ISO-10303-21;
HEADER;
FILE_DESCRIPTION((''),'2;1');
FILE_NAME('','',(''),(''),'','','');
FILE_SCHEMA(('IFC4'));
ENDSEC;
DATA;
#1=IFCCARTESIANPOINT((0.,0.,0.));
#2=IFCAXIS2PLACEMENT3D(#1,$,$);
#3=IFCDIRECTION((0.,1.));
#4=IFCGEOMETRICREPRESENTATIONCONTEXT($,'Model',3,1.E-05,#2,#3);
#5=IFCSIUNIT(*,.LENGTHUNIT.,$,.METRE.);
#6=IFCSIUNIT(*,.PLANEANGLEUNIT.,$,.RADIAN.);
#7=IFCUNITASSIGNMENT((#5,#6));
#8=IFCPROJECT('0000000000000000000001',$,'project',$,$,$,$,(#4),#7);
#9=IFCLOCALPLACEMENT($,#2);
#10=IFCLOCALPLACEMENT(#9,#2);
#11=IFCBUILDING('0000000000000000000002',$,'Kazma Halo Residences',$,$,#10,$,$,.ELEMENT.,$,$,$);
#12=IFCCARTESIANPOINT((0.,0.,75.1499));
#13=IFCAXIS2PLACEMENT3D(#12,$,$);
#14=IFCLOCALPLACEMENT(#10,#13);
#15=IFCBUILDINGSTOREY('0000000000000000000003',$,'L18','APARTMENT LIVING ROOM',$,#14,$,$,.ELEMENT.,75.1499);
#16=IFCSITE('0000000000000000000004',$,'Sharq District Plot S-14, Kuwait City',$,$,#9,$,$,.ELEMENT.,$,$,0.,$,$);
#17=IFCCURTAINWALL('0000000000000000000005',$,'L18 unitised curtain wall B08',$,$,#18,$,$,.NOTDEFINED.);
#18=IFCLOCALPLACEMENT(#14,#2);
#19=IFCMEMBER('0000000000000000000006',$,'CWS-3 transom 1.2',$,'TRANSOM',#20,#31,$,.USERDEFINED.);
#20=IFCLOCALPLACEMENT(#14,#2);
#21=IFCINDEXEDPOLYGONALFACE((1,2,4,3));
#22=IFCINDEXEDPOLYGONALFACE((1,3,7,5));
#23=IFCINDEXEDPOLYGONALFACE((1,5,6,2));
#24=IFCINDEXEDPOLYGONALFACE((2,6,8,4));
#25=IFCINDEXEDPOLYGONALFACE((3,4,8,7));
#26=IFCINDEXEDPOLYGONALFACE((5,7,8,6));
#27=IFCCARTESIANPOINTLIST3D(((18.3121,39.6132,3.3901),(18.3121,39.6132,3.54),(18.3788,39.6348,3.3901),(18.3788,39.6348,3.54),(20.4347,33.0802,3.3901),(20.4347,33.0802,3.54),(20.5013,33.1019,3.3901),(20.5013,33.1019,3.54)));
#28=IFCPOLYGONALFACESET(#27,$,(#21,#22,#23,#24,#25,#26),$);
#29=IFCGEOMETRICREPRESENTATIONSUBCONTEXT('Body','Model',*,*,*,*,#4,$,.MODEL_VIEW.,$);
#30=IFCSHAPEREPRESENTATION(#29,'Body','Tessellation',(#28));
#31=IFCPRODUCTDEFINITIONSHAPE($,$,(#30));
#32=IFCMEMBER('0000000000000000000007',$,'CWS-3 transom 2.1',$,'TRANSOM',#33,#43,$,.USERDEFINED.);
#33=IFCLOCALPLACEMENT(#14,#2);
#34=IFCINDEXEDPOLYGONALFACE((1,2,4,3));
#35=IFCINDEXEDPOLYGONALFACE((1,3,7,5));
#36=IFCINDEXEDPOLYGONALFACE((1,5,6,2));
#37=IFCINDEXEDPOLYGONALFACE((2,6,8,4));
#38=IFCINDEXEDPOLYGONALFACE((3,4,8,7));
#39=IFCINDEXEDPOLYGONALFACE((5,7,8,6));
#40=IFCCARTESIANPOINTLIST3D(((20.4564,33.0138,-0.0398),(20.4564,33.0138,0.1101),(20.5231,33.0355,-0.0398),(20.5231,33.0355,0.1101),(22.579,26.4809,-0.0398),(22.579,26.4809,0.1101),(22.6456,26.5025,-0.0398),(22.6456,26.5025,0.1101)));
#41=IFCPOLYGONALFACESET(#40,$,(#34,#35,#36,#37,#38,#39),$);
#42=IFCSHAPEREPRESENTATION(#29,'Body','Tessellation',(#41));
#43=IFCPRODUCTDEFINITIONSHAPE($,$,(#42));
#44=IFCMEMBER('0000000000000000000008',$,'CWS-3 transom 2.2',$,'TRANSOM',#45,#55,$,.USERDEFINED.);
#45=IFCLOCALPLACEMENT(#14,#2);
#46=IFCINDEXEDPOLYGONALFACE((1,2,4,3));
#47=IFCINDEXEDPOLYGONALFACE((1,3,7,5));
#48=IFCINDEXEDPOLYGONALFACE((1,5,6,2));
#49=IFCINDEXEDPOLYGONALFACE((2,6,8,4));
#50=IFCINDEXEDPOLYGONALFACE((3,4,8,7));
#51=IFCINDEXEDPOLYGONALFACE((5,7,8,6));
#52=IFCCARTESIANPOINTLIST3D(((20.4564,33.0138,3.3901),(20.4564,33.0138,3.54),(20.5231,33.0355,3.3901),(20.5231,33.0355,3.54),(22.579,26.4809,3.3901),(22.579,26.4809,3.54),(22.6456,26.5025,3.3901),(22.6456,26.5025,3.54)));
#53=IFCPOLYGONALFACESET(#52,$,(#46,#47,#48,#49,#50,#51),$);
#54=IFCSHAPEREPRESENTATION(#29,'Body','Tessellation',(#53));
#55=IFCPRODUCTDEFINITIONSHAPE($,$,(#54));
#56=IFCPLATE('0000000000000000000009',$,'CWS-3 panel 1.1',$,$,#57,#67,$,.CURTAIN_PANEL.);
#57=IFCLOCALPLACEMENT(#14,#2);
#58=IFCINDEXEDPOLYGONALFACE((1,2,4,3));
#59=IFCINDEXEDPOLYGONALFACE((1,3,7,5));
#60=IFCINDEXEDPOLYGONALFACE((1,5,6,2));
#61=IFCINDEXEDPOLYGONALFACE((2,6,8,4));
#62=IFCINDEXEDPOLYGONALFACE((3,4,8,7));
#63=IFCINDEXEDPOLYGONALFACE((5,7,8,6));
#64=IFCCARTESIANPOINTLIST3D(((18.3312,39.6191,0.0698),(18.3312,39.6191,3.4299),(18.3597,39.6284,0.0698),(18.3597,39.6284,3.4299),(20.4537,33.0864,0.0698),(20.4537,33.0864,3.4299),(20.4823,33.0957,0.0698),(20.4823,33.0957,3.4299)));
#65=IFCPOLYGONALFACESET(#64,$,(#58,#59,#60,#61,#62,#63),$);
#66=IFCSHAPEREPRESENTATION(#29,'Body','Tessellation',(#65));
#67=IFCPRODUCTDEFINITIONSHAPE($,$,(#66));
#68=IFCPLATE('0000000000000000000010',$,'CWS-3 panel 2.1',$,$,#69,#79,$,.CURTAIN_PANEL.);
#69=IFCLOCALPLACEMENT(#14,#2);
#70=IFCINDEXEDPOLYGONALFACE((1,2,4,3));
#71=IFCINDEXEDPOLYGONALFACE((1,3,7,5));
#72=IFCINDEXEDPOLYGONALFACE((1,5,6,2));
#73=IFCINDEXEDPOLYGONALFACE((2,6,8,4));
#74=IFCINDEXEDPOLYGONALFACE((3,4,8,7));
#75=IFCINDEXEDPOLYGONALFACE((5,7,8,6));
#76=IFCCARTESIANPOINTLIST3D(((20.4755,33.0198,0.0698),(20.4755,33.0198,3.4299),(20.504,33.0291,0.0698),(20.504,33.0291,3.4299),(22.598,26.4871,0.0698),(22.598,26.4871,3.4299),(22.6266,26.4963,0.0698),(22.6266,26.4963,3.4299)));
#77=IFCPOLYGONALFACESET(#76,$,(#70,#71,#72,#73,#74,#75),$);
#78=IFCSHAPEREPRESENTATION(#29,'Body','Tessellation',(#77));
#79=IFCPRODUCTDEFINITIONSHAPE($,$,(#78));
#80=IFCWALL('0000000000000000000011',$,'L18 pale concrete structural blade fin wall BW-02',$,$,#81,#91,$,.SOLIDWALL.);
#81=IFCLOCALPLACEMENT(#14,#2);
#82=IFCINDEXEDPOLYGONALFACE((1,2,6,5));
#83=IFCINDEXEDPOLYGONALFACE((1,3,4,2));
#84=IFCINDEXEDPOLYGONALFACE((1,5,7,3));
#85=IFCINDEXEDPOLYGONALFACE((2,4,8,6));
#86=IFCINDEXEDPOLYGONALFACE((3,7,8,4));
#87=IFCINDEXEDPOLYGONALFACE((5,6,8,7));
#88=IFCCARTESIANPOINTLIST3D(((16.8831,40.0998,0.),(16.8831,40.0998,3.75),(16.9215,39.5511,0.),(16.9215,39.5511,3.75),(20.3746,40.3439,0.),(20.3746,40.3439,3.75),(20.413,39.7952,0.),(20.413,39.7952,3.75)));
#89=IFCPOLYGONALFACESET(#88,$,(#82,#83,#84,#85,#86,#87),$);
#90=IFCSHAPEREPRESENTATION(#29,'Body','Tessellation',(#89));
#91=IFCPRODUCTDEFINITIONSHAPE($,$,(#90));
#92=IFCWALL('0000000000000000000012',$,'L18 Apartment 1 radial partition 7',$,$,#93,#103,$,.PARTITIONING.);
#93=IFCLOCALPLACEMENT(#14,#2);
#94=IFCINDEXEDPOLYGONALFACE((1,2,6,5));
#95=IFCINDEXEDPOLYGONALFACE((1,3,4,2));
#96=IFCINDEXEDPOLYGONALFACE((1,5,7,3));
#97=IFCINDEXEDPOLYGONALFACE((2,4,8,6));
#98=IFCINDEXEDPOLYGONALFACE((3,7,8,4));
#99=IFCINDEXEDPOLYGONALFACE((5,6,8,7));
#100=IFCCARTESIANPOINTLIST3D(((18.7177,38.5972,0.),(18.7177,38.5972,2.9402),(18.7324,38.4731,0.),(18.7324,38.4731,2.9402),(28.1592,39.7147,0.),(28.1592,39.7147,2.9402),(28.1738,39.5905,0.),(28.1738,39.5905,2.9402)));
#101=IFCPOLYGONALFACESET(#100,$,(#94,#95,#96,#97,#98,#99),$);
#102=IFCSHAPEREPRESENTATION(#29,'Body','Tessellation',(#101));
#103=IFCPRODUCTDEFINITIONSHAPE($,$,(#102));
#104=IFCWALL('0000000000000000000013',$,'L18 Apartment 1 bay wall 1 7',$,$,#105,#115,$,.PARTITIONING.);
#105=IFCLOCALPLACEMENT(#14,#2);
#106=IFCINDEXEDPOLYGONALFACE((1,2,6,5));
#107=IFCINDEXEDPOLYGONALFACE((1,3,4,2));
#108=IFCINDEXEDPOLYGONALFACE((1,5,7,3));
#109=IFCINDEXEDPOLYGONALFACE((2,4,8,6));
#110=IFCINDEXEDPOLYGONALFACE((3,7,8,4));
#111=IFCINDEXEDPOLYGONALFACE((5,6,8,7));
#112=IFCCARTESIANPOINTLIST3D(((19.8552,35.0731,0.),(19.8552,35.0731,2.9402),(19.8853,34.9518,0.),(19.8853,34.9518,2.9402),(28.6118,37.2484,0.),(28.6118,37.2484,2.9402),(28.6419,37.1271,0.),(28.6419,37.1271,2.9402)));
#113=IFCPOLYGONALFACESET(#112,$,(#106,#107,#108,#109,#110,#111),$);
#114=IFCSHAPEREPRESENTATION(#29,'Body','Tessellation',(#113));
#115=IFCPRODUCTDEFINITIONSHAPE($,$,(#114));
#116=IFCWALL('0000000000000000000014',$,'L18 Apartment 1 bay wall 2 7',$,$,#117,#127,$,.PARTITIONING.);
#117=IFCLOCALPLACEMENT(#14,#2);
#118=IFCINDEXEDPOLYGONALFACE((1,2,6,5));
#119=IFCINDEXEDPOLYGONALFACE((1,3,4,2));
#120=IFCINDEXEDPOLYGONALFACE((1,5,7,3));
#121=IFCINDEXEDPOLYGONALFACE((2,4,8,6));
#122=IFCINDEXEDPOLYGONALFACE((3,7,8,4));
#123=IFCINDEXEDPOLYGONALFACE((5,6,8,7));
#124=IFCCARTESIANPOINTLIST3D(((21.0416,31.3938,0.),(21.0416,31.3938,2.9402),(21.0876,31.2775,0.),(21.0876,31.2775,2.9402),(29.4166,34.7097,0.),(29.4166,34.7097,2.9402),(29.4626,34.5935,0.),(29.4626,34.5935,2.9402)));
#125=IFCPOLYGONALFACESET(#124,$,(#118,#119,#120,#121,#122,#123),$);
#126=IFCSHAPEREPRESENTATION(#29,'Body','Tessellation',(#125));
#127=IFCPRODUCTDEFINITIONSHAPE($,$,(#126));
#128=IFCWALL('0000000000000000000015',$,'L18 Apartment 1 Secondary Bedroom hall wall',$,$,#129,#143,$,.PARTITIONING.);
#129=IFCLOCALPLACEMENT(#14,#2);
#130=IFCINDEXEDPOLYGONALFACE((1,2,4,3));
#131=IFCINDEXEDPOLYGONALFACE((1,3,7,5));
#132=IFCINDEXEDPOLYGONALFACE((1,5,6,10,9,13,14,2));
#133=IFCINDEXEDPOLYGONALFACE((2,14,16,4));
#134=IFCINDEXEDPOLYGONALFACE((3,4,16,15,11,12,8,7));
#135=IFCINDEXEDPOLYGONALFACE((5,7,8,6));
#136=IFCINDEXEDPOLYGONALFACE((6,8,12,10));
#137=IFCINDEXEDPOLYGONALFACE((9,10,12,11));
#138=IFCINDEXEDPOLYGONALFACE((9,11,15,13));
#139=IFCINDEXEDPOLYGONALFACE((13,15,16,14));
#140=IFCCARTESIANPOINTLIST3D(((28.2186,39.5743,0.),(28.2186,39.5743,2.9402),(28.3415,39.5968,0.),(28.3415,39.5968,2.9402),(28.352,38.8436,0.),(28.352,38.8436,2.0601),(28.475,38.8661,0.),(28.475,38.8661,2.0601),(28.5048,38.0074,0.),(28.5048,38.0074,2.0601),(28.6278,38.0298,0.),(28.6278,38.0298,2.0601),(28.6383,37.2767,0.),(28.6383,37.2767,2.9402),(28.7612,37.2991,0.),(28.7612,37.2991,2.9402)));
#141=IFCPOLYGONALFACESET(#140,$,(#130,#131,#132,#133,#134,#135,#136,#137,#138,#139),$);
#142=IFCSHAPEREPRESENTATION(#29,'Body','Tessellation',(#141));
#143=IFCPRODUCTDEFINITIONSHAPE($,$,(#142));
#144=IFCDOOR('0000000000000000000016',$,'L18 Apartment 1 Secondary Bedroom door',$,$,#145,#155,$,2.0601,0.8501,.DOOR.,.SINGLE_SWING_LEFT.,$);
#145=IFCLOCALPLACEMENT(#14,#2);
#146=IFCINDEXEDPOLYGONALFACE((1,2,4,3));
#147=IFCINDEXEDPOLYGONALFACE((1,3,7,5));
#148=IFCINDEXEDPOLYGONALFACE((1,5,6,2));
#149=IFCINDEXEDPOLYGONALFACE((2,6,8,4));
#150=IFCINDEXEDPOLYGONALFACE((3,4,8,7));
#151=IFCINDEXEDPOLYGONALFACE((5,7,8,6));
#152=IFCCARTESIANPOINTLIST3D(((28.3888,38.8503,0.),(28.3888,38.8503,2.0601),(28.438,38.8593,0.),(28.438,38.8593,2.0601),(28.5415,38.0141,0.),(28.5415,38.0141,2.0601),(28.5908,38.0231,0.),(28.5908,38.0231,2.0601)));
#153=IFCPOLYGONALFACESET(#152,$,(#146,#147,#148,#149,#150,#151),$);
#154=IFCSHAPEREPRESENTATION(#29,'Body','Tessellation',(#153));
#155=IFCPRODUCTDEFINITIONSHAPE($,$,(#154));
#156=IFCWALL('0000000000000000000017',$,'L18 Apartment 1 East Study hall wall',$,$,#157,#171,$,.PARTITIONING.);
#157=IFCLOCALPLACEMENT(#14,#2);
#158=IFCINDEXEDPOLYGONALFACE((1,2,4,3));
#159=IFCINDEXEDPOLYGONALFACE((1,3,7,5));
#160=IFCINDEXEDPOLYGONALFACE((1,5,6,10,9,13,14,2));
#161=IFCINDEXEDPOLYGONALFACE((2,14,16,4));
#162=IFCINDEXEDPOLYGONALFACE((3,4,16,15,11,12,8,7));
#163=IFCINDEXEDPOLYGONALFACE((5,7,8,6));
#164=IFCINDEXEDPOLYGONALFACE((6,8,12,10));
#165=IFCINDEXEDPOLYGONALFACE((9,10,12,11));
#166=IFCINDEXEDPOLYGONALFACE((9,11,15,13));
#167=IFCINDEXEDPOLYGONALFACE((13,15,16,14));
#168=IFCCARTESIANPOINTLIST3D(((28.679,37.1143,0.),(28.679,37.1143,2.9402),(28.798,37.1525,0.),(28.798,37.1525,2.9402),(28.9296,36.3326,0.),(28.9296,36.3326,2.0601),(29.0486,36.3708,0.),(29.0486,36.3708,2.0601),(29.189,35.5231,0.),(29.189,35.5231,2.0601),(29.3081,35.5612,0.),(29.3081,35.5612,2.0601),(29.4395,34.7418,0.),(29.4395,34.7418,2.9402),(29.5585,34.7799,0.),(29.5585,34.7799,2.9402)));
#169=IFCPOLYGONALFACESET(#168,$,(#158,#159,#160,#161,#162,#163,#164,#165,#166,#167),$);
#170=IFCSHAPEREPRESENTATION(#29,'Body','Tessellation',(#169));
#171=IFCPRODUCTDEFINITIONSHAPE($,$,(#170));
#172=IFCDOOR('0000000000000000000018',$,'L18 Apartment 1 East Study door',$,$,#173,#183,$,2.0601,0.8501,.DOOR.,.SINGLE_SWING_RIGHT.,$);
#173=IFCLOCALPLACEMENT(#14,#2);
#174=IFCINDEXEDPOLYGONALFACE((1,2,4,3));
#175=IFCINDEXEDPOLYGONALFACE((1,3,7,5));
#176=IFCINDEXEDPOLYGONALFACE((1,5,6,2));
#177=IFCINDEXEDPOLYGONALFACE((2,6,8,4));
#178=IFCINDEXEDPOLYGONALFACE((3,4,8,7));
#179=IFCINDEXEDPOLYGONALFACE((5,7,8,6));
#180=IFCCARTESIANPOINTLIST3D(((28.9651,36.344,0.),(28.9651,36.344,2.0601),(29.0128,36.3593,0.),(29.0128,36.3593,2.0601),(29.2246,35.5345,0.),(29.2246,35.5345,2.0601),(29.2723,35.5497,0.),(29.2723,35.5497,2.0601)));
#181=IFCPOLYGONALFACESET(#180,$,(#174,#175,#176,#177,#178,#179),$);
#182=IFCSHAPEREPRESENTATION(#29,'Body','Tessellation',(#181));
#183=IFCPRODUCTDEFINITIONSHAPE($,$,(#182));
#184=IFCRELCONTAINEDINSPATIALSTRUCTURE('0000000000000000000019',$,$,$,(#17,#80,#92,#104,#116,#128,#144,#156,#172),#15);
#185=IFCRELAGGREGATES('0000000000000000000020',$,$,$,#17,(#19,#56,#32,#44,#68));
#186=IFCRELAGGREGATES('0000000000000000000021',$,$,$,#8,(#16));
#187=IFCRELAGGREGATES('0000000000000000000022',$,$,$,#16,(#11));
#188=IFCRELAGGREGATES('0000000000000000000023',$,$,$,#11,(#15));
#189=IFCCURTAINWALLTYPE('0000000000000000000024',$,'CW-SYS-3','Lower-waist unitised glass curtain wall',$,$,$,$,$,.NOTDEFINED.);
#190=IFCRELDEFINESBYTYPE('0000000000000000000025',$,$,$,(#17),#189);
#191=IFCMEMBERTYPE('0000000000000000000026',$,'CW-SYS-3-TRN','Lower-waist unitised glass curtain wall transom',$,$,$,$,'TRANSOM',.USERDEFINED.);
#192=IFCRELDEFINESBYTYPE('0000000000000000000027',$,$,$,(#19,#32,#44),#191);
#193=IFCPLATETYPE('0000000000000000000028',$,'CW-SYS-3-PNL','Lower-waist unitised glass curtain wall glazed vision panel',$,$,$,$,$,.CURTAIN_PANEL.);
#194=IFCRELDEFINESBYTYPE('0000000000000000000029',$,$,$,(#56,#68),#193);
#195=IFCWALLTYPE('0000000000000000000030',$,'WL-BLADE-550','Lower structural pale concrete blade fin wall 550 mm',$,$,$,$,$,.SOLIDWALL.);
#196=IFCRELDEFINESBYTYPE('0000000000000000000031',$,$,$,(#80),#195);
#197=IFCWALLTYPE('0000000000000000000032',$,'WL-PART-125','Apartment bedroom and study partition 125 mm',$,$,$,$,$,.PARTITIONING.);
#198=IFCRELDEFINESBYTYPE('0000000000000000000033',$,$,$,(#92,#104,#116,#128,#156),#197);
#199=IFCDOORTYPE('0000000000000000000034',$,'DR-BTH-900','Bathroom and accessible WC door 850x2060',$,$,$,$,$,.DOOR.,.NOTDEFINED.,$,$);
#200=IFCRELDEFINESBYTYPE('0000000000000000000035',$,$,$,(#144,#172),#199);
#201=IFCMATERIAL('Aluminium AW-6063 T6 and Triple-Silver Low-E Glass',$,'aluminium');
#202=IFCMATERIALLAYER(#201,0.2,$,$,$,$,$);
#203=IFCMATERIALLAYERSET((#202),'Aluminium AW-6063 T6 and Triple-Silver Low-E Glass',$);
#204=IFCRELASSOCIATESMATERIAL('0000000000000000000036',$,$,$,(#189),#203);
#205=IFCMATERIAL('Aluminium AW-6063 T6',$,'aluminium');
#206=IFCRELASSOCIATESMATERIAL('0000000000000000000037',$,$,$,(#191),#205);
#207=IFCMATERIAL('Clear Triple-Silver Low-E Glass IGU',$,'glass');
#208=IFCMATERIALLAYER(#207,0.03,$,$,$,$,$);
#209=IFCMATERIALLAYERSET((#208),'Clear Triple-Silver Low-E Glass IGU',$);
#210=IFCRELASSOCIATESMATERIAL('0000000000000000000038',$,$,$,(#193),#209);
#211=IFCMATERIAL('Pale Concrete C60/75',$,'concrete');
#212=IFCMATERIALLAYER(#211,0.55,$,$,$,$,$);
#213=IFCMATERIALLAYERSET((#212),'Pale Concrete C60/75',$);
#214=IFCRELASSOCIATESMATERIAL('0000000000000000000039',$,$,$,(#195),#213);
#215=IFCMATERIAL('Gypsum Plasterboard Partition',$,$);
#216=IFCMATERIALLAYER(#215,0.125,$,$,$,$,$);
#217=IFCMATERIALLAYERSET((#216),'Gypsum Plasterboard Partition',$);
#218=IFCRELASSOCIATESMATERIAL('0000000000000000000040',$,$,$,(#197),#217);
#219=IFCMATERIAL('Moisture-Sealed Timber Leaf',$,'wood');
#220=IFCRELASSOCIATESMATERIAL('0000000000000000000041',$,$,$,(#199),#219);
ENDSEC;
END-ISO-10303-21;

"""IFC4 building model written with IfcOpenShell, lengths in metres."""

from ifc_helpers import new_model, si_unit, direction, frame, frame_2d, origin, origin_2d, place, context, subcontext, project, spatial, rectangle, extrude, material, layer, layer_set, material_profile, profile_set, type_object, element, fill, aggregate, save


model = new_model("IFC4")

# Units and contexts
model_context = context("Model", 3, precision=1e-05, world=origin(), true_north=direction((0.0, 1.0)))
body_context = subcontext(model_context, "Body", "Model", "MODEL_VIEW")
ifc_project = project(units=[si_unit("LENGTHUNIT", "METRE"), si_unit("PLANEANGLEUNIT", "RADIAN")], contexts=[model_context])

# Site, building, storey
site_placement = place(None, origin())
site = spatial("IfcSite", under=ifc_project, at=site_placement, Name="Sharq District Plot S-14, Kuwait City", CompositionType="ELEMENT", RefElevation=0.0)
building_placement = place(site_placement, origin())
building = spatial("IfcBuilding", under=site, at=building_placement, Name="Kazma Halo Residences", CompositionType="ELEMENT")
storey_placement = place(building_placement, frame((0.0, 0.0, 75.1499)))
storey = spatial("IfcBuildingStorey", under=building, at=storey_placement, Name="L18", Description="APARTMENT LIVING ROOM", CompositionType="ELEMENT", Elevation=75.1499)

# Curtain wall, members, plates
ifc_material_1 = material(Name="Aluminium AW-6063 T6 and Triple-Silver Low-E Glass", Category="aluminium")
ifc_layer_1 = layer(ifc_material_1, 0.2)
ifc_layer_set_1 = layer_set([ifc_layer_1], Name="Aluminium AW-6063 T6 and Triple-Silver Low-E Glass")
curtain_wall_type = type_object("IfcCurtainWallType", Name="CW-SYS-3", Description="Lower-waist unitised glass curtain wall", PredefinedType="NOTDEFINED", material=ifc_layer_set_1)
curtain_wall_placement = place(storey_placement, origin())
curtain_wall = element("IfcCurtainWall", 1, at=curtain_wall_placement, inside=storey, type_object=curtain_wall_type, Name="L18 unitised curtain wall B08", PredefinedType="NOTDEFINED")
ifc_material_2 = material(Name="Aluminium AW-6063 T6", Category="aluminium")
ifc_material_profile_1 = material_profile(ifc_material_2, rectangle(XDim=0.0701, YDim=0.1499, at=origin_2d()), Name="CWT-70x150")
ifc_profile_set_1 = profile_set([ifc_material_profile_1], Name="Aluminium AW-6063 T6")
member_type_1 = type_object("IfcMemberType", Name="CW-SYS-3-TRN", Description="Lower-waist unitised glass curtain wall transom", ElementType="TRANSOM", PredefinedType="USERDEFINED", material=ifc_profile_set_1)
member_1_placement = place(storey_placement, frame((18.3455, 39.624, 3.4651), z_axis=(0.309, -0.951062, 0.0), x_axis=(0.951062, 0.309, 0.0)))
member_1 = element("IfcMember", 2, at=member_1_placement, type_object=member_type_1, Name="CWS-3 transom 1.2", ObjectType="TRANSOM", PredefinedType="USERDEFINED", context=body_context, shape_type="SweptSolid", body=[
    extrude(rectangle(XDim=0.0701, YDim=0.1499, at=origin_2d()), origin(), (0.0, 0.0, 1.0), 6.8691),
])
member_2_placement = place(storey_placement, frame((20.4897, 33.0247, 0.0352), z_axis=(0.309, -0.951062, 0.0), x_axis=(0.951062, 0.309, 0.0)))
member_2 = element("IfcMember", 3, at=member_2_placement, type_object=member_type_1, Name="CWS-3 transom 2.1", ObjectType="TRANSOM", PredefinedType="USERDEFINED", context=body_context, shape_type="SweptSolid", body=[
    extrude(rectangle(XDim=0.0701, YDim=0.1499, at=origin_2d()), origin(), (0.0, 0.0, 1.0), 6.8691),
])
member_3_placement = place(storey_placement, frame((20.4897, 33.0247, 3.4651), z_axis=(0.309, -0.951062, 0.0), x_axis=(0.951062, 0.309, 0.0)))
member_3 = element("IfcMember", 4, at=member_3_placement, type_object=member_type_1, Name="CWS-3 transom 2.2", ObjectType="TRANSOM", PredefinedType="USERDEFINED", context=body_context, shape_type="SweptSolid", body=[
    extrude(rectangle(XDim=0.0701, YDim=0.1499, at=origin_2d()), origin(), (0.0, 0.0, 1.0), 6.8691),
])
ifc_material_3 = material(Name="Clear Triple-Silver Low-E Glass IGU", Category="glass")
ifc_layer_2 = layer(ifc_material_3, 0.03)
ifc_layer_set_2 = layer_set([ifc_layer_2], Name="Clear Triple-Silver Low-E Glass IGU")
plate_type = type_object("IfcPlateType", Name="CW-SYS-3-PNL", Description="Lower-waist unitised glass curtain wall glazed vision panel", PredefinedType="CURTAIN_PANEL", material=ifc_layer_set_2)
plate_1_placement = place(storey_placement, frame((19.4067, 36.3574, 0.0698), z_axis=(0.0, 0.0, 1.0), x_axis=(0.309013, -0.951058, 0.0)))
plate_1 = element("IfcPlate", 5, at=plate_1_placement, type_object=plate_type, Name="CWS-3 panel 1.1", PredefinedType="CURTAIN_PANEL", context=body_context, shape_type="SweptSolid", body=[
    extrude(rectangle(XDim=6.8689, YDim=0.03, at=origin_2d()), origin(), (0.0, 0.0, 1.0), 3.3601),
])
plate_2_placement = place(storey_placement, frame((21.551, 29.7581, 0.0698), z_axis=(0.0, 0.0, 1.0), x_axis=(0.309013, -0.951058, 0.0)))
plate_2 = element("IfcPlate", 6, at=plate_2_placement, type_object=plate_type, Name="CWS-3 panel 2.1", PredefinedType="CURTAIN_PANEL", context=body_context, shape_type="SweptSolid", body=[
    extrude(rectangle(XDim=6.8689, YDim=0.03, at=origin_2d()), origin(), (0.0, 0.0, 1.0), 3.3601),
])
aggregate(curtain_wall, [member_1, plate_1, member_2, member_3, plate_2])

# Walls
ifc_material_4 = material(Name="Pale Concrete C60/75", Category="concrete")
ifc_layer_3 = layer(ifc_material_4, 0.55)
ifc_layer_set_3 = layer_set([ifc_layer_3], Name="Pale Concrete C60/75")
wall_type_1 = type_object("IfcWallType", Name="WL-BLADE-550", Description="Lower structural pale concrete blade fin wall 550 mm", PredefinedType="SOLIDWALL", material=ifc_layer_set_3)
wall_1_placement = place(storey_placement, frame((20.3938, 40.0696, 0.0), z_axis=(0.0, 0.0, 1.0), x_axis=(-0.997564, -0.069755, 0.0)))
element("IfcWall", 7, at=wall_1_placement, inside=storey, type_object=wall_type_1, Name="L18 pale concrete structural blade fin wall BW-02", PredefinedType="SOLIDWALL", context=body_context, shape_type="SweptSolid", body=[
    extrude(rectangle(XDim=3.5, YDim=0.55, at=frame_2d((1.75, 0.0))), origin(), (0.0, 0.0, 1.0), 3.75),
])
ifc_material_5 = material(Name="Gypsum Plasterboard Partition")
ifc_layer_4 = layer(ifc_material_5, 0.125)
ifc_layer_set_4 = layer_set([ifc_layer_4], Name="Gypsum Plasterboard Partition")
wall_type_2 = type_object("IfcWallType", Name="WL-PART-125", Description="Apartment bedroom and study partition 125 mm", PredefinedType="PARTITIONING", material=ifc_layer_set_4)
wall_2_placement = place(storey_placement, frame((28.1665, 39.6526, 0.0), z_axis=(0.0, 0.0, 1.0), x_axis=(-0.993069, -0.117534, 0.0)))
element("IfcWall", 8, at=wall_2_placement, inside=storey, type_object=wall_type_2, Name="L18 Apartment 1 radial partition 7", PredefinedType="PARTITIONING", context=body_context, shape_type="SweptSolid", body=[
    extrude(rectangle(XDim=9.5073, YDim=0.125, at=frame_2d((4.7537, 0.0))), origin(), (0.0, 0.0, 1.0), 2.9402),
])
wall_3_placement = place(storey_placement, frame((28.6267, 37.1877, 0.0), z_axis=(0.0, 0.0, 1.0), x_axis=(-0.970503, -0.24109, 0.0)))
element("IfcWall", 9, at=wall_3_placement, inside=storey, type_object=wall_type_2, Name="L18 Apartment 1 bay wall 1 7", PredefinedType="PARTITIONING", context=body_context, shape_type="SweptSolid", body=[
    extrude(rectangle(XDim=9.0227, YDim=0.125, at=frame_2d((4.5112, 0.0))), origin(), (0.0, 0.0, 1.0), 2.9402),
])
wall_4_placement = place(storey_placement, frame((29.4397, 34.6516, 0.0), z_axis=(0.0, 0.0, 1.0), x_axis=(-0.929776, -0.368127, 0.0)))
element("IfcWall", 10, at=wall_4_placement, inside=storey, type_object=wall_type_2, Name="L18 Apartment 1 bay wall 2 7", PredefinedType="PARTITIONING", context=body_context, shape_type="SweptSolid", body=[
    extrude(rectangle(XDim=9.0076, YDim=0.125, at=frame_2d((4.5039, 0.0))), origin(), (0.0, 0.0, 1.0), 2.9402),
])

# Walls, openings, doors
wall_5_placement = place(storey_placement, frame((28.28, 39.5857, 0.0), z_axis=(0.0, 0.0, 1.0), x_axis=(0.179686, -0.983724, 0.0)))
wall_5 = element("IfcWall", 11, at=wall_5_placement, inside=storey, type_object=wall_type_2, Name="L18 Apartment 1 Secondary Bedroom hall wall", PredefinedType="PARTITIONING", context=body_context, shape_type="SweptSolid", body=[
    extrude(rectangle(XDim=2.3357, YDim=0.125, at=frame_2d((1.168, 0.0))), origin(), (0.0, 0.0, 1.0), 2.9402),
])
opening_1_placement = place(wall_5_placement, frame((0.7429, 0.0, 0.0)))
opening_1 = element("IfcOpeningElement", 12, at=opening_1_placement, cuts=wall_5, PredefinedType="OPENING", context=body_context, shape_type="SweptSolid", body=[
    extrude(rectangle(XDim=0.8501, YDim=2.0601, at=frame_2d((0.425, 1.03))), frame((0.0, 0.0725, 0.0), z_axis=(0.0, -1.0, 0.0), x_axis=(1.0, 0.0, 0.0)), (0.0, 0.0, 1.0), 0.145),
])
ifc_material_6 = material(Name="Moisture-Sealed Timber Leaf", Category="wood")
door_type = type_object("IfcDoorType", Name="DR-BTH-900", Description="Bathroom and accessible WC door 850x2060", OperationType="NOTDEFINED", PredefinedType="DOOR", material=ifc_material_6)
door_1_placement = place(opening_1_placement, origin())
door_1 = element("IfcDoor", 13, at=door_1_placement, inside=storey, type_object=door_type, Name="L18 Apartment 1 Secondary Bedroom door", OperationType="SINGLE_SWING_LEFT", OverallHeight=2.0601, OverallWidth=0.8501, PredefinedType="DOOR", context=body_context, shape_type="SweptSolid", body=[
    extrude(rectangle(XDim=0.8501, YDim=2.0601, at=frame_2d((0.425, 1.03))), frame((0.0, 0.0249, 0.0), z_axis=(0.0, -1.0, 0.0), x_axis=(1.0, 0.0, 0.0)), (0.0, 0.0, 1.0), 0.05),
])
fill(opening_1, door_1)
wall_6_placement = place(storey_placement, frame((28.7385, 37.1333, 0.0), z_axis=(0.0, 0.0, 1.0), x_axis=(0.305241, -0.952275, 0.0)))
wall_6 = element("IfcWall", 14, at=wall_6_placement, inside=storey, type_object=wall_type_2, Name="L18 Apartment 1 East Study hall wall", PredefinedType="PARTITIONING", context=body_context, shape_type="SweptSolid", body=[
    extrude(rectangle(XDim=2.4915, YDim=0.125, at=frame_2d((1.2456, 0.0))), origin(), (0.0, 0.0, 1.0), 2.9402),
])
opening_2_placement = place(wall_6_placement, frame((0.8208, 0.0, 0.0)))
opening_2 = element("IfcOpeningElement", 15, at=opening_2_placement, cuts=wall_6, PredefinedType="OPENING", context=body_context, shape_type="SweptSolid", body=[
    extrude(rectangle(XDim=0.8501, YDim=2.0601, at=frame_2d((0.425, 1.03))), frame((0.0, 0.0725, 0.0), z_axis=(0.0, -1.0, 0.0), x_axis=(1.0, 0.0, 0.0)), (0.0, 0.0, 1.0), 0.145),
])
door_2_placement = place(opening_2_placement, origin())
door_2 = element("IfcDoor", 16, at=door_2_placement, inside=storey, type_object=door_type, Name="L18 Apartment 1 East Study door", OperationType="SINGLE_SWING_RIGHT", OverallHeight=2.0601, OverallWidth=0.8501, PredefinedType="DOOR", context=body_context, shape_type="SweptSolid", body=[
    extrude(rectangle(XDim=0.8501, YDim=2.0601, at=frame_2d((0.425, 1.03))), frame((0.0, 0.0249, 0.0), z_axis=(0.0, -1.0, 0.0), x_axis=(1.0, 0.0, 0.0)), (0.0, 0.0, 1.0), 0.05),
])
fill(opening_2, door_2)

save(model, "model.ifc")
